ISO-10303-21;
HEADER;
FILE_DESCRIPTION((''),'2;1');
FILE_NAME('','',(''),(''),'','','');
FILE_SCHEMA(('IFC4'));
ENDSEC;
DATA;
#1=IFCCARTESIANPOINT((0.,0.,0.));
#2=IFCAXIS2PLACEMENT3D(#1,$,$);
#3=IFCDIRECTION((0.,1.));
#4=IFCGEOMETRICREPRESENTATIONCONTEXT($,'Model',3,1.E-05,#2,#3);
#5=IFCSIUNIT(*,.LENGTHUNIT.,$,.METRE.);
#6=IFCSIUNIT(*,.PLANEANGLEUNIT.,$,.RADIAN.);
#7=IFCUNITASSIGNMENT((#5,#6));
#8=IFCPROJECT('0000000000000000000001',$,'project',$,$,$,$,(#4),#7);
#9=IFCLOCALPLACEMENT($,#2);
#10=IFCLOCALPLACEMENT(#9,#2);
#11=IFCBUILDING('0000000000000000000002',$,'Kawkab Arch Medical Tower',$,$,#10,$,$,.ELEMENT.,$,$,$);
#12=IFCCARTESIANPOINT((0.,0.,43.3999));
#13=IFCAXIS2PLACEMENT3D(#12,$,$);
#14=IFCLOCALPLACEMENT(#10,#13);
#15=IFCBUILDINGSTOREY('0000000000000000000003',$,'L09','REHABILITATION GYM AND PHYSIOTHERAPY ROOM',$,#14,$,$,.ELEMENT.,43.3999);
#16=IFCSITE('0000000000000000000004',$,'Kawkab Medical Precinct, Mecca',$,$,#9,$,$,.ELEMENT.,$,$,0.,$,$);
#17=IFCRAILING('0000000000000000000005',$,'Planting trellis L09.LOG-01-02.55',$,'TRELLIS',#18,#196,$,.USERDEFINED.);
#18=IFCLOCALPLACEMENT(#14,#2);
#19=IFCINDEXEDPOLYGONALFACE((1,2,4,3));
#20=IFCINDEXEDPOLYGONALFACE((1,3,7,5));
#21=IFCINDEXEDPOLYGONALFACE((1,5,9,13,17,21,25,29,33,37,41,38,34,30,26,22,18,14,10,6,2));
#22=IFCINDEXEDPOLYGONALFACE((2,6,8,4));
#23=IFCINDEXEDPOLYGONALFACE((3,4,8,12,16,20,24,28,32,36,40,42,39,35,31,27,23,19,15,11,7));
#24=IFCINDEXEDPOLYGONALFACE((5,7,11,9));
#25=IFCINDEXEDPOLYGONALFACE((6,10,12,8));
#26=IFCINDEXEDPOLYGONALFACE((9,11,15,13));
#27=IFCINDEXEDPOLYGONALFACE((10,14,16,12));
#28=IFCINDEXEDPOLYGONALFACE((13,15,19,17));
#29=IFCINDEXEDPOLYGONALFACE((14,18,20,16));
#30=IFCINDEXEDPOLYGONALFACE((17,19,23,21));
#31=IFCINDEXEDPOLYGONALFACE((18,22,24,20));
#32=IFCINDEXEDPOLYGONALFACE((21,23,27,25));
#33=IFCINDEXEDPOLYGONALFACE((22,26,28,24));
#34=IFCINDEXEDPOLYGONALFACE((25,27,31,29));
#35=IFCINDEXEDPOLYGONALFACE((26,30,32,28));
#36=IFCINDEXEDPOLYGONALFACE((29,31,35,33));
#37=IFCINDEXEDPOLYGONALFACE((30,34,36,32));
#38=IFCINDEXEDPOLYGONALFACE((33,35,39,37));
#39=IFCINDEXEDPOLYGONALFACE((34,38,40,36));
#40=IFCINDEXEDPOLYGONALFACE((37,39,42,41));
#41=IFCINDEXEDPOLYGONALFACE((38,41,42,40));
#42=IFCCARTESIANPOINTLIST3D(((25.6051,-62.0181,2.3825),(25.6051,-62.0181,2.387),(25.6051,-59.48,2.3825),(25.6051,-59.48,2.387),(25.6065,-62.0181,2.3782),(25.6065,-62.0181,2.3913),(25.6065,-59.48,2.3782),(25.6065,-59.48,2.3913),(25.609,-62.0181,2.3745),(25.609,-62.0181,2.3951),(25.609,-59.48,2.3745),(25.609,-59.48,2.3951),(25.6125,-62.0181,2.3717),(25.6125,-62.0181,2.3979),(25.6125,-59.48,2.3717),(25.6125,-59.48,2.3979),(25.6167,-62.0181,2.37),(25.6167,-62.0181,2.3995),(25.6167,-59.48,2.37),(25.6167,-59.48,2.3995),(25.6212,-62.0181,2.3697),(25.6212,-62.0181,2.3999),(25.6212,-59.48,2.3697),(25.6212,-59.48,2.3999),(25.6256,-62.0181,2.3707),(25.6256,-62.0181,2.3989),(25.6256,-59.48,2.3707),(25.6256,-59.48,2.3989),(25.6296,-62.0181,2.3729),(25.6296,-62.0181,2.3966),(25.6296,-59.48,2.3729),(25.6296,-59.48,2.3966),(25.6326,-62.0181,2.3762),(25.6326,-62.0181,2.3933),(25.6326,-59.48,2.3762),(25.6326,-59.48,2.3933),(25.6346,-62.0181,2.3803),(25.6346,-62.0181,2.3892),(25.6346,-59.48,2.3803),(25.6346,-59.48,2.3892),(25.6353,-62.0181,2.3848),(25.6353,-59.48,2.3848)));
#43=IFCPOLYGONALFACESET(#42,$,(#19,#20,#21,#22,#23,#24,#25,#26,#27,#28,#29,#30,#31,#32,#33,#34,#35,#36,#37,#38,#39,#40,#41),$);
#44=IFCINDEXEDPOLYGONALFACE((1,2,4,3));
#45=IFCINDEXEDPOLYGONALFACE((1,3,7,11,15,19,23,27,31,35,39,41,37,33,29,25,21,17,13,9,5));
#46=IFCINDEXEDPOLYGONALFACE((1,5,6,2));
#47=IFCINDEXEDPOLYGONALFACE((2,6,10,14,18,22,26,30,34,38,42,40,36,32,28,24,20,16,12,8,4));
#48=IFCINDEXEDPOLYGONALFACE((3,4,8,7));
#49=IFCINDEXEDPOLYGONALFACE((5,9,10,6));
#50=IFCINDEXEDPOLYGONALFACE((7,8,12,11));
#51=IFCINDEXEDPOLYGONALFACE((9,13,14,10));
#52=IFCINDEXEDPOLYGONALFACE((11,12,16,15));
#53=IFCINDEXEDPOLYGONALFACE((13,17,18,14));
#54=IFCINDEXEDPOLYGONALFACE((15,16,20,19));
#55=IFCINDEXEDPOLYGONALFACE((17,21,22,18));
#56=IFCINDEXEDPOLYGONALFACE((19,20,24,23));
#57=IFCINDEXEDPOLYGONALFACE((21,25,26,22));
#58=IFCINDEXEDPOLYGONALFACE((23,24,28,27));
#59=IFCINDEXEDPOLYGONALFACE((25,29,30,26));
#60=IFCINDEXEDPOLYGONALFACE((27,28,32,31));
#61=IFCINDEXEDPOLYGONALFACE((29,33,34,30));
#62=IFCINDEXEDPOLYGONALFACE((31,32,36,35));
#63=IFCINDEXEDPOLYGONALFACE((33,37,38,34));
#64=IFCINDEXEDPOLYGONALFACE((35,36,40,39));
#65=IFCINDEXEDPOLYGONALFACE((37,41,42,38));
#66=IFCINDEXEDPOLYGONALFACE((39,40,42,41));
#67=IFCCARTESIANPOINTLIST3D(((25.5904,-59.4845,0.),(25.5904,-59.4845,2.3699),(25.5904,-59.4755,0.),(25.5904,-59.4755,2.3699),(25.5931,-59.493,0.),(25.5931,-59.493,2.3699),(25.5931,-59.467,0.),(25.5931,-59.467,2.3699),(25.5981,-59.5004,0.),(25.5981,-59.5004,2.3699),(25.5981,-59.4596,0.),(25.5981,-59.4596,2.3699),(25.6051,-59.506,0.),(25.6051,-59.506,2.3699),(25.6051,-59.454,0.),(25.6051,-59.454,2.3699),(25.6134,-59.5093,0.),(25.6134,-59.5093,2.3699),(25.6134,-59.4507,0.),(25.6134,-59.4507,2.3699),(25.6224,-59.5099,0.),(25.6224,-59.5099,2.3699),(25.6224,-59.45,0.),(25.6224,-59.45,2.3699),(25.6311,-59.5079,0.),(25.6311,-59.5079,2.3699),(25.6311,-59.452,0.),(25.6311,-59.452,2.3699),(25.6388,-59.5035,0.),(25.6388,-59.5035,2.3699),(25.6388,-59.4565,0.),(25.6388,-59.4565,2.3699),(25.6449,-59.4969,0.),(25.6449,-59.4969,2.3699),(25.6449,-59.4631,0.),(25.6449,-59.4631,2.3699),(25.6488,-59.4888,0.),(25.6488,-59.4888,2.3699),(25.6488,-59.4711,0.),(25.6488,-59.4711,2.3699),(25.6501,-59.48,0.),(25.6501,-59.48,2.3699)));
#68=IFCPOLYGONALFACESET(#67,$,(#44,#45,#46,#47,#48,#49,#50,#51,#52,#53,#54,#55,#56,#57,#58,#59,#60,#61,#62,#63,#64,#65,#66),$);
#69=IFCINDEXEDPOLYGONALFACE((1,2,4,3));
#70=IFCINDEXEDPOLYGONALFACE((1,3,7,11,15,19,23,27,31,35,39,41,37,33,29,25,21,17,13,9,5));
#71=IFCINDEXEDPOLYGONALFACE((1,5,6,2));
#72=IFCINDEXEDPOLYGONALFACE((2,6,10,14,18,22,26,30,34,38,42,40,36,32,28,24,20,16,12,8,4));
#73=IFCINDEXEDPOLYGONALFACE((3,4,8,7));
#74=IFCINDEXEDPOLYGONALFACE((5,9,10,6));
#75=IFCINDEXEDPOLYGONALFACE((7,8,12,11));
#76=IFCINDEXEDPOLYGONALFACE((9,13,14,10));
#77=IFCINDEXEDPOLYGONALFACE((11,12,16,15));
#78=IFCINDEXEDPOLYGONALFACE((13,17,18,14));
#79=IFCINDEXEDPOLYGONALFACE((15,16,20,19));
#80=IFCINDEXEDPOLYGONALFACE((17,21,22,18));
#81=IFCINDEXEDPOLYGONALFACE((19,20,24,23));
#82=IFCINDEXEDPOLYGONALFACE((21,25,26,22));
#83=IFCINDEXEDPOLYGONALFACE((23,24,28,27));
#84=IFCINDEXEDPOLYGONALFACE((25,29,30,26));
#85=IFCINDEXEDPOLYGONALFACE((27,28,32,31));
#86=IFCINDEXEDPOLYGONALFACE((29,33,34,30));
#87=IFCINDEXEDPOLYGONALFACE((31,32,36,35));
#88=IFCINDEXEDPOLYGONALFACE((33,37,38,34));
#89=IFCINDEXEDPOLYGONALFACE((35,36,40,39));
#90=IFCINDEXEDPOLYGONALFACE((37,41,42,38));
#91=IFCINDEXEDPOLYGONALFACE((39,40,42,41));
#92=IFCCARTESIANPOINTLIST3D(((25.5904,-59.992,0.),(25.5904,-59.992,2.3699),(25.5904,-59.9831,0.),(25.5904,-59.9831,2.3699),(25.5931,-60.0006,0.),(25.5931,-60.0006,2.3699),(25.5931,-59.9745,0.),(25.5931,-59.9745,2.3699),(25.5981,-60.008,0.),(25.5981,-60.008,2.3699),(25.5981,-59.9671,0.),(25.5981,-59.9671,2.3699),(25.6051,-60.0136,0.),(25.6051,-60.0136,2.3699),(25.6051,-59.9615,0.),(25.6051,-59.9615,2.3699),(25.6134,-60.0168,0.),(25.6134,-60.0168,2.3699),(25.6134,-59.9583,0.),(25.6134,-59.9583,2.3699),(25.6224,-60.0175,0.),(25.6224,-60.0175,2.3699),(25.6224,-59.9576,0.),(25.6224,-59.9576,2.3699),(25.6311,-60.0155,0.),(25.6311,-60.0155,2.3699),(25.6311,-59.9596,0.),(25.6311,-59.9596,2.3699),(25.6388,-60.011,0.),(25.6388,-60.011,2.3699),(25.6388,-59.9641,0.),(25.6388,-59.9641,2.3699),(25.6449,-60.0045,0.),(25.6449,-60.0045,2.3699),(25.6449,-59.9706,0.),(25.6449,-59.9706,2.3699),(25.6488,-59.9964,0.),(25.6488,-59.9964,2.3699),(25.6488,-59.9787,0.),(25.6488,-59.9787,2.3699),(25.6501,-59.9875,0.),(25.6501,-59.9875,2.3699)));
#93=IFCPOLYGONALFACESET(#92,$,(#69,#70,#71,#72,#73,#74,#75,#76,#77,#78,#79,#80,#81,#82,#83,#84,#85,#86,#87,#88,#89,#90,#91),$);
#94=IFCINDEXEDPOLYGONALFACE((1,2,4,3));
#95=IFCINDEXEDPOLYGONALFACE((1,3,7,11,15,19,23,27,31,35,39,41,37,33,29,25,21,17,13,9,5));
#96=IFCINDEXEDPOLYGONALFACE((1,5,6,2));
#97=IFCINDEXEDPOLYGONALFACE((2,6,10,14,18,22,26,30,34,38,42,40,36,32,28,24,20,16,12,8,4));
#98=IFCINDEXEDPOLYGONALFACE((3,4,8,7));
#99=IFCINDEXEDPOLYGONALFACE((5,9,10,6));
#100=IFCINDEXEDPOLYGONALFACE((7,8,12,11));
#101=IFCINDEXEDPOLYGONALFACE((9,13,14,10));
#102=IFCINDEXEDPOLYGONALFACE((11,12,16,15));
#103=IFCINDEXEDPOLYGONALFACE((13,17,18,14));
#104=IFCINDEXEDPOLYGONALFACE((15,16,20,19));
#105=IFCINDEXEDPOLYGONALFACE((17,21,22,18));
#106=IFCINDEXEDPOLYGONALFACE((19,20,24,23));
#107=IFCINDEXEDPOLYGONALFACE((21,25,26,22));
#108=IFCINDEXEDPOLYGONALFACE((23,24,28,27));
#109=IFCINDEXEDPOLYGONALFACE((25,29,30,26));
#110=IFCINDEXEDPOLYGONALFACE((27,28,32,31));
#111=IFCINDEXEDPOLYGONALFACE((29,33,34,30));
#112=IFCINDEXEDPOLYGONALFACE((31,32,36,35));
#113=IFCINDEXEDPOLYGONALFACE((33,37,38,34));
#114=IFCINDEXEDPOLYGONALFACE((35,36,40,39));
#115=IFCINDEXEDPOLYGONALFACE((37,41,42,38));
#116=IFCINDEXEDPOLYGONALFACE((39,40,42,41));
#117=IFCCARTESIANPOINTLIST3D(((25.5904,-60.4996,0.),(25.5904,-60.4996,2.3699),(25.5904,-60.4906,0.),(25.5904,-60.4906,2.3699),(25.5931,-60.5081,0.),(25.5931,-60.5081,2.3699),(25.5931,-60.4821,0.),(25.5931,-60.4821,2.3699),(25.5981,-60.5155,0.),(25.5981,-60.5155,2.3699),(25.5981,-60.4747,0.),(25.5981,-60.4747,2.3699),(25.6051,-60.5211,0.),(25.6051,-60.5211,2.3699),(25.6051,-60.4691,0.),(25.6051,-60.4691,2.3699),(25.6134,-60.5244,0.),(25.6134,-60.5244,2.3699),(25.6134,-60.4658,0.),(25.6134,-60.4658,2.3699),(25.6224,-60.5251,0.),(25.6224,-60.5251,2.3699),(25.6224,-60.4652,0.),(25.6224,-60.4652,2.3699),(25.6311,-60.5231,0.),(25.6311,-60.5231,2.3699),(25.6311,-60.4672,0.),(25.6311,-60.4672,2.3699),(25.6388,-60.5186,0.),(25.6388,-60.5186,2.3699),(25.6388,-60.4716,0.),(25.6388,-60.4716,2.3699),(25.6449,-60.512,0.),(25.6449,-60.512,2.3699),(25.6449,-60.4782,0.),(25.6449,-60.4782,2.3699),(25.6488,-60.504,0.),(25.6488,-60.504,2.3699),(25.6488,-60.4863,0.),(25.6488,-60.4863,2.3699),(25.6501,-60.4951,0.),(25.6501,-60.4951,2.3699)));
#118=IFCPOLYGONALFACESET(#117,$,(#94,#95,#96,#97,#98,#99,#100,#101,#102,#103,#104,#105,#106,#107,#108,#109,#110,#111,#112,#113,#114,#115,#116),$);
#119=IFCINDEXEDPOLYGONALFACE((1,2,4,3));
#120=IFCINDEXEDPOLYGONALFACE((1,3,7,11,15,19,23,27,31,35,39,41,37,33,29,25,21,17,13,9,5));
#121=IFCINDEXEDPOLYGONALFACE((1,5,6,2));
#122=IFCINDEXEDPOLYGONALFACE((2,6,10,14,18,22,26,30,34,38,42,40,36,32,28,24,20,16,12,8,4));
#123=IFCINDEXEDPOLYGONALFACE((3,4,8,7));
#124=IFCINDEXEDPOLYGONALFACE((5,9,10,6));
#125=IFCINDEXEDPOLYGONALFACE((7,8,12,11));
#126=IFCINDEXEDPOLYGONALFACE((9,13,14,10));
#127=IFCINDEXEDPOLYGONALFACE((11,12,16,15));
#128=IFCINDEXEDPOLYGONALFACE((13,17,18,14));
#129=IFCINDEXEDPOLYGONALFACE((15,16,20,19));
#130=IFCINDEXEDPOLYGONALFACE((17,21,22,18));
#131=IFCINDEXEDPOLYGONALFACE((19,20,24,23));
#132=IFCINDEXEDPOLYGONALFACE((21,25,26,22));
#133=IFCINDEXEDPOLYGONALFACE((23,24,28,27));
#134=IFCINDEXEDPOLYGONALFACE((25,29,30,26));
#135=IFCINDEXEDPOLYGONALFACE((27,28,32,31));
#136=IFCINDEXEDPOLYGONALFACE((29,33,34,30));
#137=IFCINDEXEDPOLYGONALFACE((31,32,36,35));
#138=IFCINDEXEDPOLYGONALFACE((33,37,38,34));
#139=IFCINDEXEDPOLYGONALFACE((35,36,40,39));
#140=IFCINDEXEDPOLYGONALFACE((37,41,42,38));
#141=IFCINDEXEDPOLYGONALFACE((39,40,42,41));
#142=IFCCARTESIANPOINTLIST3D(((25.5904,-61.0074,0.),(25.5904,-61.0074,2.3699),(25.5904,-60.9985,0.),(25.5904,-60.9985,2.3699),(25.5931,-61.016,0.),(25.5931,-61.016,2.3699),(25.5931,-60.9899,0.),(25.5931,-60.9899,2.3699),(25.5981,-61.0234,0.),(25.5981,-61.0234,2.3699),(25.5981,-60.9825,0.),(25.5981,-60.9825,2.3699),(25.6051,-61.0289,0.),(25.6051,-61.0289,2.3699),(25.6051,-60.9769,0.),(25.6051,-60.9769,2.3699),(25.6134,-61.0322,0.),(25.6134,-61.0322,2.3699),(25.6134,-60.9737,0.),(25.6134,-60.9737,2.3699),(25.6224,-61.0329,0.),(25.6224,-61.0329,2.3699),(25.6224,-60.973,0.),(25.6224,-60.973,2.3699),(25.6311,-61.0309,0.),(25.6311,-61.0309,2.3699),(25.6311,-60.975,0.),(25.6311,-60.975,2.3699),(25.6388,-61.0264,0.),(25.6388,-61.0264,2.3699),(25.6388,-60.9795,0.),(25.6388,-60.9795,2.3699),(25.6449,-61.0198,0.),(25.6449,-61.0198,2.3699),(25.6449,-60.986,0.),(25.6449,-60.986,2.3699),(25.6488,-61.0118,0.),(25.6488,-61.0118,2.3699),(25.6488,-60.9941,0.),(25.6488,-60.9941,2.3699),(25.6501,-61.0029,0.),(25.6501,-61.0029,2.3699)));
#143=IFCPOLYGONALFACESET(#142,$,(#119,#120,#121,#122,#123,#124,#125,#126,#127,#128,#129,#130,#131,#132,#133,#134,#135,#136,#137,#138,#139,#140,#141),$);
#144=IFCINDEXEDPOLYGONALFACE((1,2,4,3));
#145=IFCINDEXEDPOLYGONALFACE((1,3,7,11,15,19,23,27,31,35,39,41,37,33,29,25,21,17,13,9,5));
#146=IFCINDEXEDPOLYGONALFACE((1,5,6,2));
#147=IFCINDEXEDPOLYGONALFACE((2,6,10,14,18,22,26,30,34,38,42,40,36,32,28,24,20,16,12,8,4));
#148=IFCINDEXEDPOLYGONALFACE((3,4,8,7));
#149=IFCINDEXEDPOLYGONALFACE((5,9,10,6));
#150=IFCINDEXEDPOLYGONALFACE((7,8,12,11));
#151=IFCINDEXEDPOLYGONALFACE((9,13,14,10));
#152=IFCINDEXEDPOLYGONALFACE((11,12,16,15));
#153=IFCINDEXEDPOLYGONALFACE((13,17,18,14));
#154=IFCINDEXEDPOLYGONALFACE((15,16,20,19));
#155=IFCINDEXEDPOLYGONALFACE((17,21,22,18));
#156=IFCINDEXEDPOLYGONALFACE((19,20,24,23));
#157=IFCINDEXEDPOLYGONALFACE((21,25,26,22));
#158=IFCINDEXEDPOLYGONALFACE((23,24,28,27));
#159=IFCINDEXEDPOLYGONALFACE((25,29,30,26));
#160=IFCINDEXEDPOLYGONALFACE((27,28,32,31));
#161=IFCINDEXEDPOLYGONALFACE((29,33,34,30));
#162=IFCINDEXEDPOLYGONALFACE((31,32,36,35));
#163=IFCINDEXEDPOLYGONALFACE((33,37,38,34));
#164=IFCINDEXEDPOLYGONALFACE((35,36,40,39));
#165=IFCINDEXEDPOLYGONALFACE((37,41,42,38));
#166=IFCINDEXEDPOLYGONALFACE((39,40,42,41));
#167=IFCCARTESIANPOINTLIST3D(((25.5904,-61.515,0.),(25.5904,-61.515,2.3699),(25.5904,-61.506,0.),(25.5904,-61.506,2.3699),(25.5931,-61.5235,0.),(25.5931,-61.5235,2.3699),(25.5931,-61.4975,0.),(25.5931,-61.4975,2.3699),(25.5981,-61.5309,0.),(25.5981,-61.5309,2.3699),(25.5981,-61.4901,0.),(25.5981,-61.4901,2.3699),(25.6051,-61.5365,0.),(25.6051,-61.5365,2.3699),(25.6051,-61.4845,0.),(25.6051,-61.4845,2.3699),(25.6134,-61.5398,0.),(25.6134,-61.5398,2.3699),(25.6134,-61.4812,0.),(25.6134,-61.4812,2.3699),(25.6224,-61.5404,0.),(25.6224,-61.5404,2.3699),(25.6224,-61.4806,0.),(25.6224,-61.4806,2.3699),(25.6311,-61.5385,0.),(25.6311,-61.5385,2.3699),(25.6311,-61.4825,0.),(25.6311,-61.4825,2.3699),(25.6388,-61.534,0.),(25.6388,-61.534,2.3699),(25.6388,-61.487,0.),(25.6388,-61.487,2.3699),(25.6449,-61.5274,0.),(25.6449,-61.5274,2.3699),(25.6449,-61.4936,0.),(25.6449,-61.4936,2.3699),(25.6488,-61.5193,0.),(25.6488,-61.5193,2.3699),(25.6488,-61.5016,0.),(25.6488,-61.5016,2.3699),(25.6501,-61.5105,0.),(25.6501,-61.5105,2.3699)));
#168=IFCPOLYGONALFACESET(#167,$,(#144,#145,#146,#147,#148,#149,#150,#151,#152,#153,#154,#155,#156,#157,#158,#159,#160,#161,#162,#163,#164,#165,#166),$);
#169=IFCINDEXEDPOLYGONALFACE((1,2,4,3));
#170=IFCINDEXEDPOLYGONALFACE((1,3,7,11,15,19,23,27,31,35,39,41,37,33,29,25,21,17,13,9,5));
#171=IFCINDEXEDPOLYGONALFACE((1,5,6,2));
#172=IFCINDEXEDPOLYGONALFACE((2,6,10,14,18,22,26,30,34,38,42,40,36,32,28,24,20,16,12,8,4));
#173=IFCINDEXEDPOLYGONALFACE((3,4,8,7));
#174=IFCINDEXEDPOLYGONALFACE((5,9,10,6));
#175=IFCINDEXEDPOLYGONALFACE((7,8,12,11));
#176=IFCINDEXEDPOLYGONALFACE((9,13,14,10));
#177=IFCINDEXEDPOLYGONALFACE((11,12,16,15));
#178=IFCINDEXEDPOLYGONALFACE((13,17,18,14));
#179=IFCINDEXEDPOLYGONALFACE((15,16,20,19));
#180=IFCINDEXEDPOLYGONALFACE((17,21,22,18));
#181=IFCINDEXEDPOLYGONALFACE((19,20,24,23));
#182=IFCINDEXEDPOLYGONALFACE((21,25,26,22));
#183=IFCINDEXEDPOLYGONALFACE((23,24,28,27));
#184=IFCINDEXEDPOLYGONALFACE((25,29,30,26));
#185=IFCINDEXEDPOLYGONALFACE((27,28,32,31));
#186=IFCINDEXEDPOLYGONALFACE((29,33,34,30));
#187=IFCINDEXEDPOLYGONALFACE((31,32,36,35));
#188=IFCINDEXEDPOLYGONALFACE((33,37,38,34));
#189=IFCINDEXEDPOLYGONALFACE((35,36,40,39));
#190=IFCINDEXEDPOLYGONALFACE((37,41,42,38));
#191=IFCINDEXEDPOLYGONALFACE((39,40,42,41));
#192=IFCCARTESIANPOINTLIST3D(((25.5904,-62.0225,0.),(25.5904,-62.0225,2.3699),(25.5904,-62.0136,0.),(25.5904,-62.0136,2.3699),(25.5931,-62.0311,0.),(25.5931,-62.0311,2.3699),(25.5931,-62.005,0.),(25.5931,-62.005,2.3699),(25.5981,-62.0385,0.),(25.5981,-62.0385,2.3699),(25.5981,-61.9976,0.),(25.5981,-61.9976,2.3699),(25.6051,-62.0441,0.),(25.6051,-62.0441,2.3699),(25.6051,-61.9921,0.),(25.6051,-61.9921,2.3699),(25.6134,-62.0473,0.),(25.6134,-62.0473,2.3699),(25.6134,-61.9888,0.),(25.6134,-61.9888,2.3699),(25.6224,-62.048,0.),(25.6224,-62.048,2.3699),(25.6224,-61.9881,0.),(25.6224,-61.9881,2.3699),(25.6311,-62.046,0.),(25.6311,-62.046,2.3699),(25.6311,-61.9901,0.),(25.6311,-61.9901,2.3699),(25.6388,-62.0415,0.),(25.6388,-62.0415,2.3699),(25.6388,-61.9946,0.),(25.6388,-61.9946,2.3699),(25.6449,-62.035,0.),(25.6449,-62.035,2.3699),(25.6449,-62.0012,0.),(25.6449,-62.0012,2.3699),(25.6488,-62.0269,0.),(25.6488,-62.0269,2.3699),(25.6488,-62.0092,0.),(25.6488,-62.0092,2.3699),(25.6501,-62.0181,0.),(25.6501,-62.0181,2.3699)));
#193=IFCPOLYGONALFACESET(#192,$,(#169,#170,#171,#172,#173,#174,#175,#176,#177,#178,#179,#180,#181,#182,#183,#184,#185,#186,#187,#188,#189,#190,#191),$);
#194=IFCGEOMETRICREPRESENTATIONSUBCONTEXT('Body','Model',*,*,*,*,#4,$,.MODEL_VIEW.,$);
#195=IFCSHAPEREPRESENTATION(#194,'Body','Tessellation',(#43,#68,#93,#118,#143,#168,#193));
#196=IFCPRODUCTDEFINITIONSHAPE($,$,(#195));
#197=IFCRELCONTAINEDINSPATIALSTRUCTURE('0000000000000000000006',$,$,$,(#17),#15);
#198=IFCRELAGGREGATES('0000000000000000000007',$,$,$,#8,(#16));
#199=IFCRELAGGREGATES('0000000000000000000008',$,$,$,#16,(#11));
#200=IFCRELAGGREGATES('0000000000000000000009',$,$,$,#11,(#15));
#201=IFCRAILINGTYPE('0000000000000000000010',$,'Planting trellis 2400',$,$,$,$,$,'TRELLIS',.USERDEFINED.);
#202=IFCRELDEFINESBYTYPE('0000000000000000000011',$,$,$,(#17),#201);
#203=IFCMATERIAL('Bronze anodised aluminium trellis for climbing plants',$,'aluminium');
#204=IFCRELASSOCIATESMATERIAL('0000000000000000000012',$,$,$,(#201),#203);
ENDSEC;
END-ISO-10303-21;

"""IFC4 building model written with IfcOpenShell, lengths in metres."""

from ifc_helpers import new_model, si_unit, direction, frame, origin, origin_2d, place, context, subcontext, project, spatial, circle, extrude, material, type_object, element, save


model = new_model("IFC4")

# Units and contexts
model_context = context("Model", 3, precision=1e-05, world=origin(), true_north=direction((0.0, 1.0)))
body_context = subcontext(model_context, "Body", "Model", "MODEL_VIEW")
ifc_project = project(units=[si_unit("LENGTHUNIT", "METRE"), si_unit("PLANEANGLEUNIT", "RADIAN")], contexts=[model_context])

# Site, building, storey
site_placement = place(None, origin())
site = spatial("IfcSite", under=ifc_project, at=site_placement, Name="Kawkab Medical Precinct, Mecca", CompositionType="ELEMENT", RefElevation=0.0)
building_placement = place(site_placement, origin())
building = spatial("IfcBuilding", under=site, at=building_placement, Name="Kawkab Arch Medical Tower", CompositionType="ELEMENT")
storey_placement = place(building_placement, frame((0.0, 0.0, 43.3999)))
storey = spatial("IfcBuildingStorey", under=building, at=storey_placement, Name="L09", Description="REHABILITATION GYM AND PHYSIOTHERAPY ROOM", CompositionType="ELEMENT", Elevation=43.3999)

# Railing
ifc_material_1 = material(Name="Bronze anodised aluminium trellis for climbing plants", Category="aluminium")
railing_type = type_object("IfcRailingType", Name="Planting trellis 2400", ElementType="TRELLIS", PredefinedType="USERDEFINED", material=ifc_material_1)
railing_1_placement = place(storey_placement, frame((25.6201, -59.48, 0.0)))
element("IfcRailing", 1, at=railing_1_placement, inside=storey, type_object=railing_type, Name="Planting trellis L09.LOG-01-02.55", ObjectType="TRELLIS", PredefinedType="USERDEFINED", context=body_context, shape_type="SweptSolid", body=[
    extrude(circle(Radius=0.0151, at=origin_2d()), frame((0.0, 0.0, 2.3848), z_axis=(0.0, -1.0, 0.0), x_axis=(1.0, 0.0, 0.0)), (0.0, 0.0, 1.0), 2.5381),
    extrude(circle(Radius=0.03, at=origin_2d()), origin(), (0.0, 0.0, 1.0), 2.3699),
    extrude(circle(Radius=0.03, at=origin_2d()), frame((0.0, -0.5076, 0.0)), (0.0, 0.0, 1.0), 2.3699),
    extrude(circle(Radius=0.03, at=origin_2d()), frame((0.0, -1.0151, 0.0)), (0.0, 0.0, 1.0), 2.3699),
    extrude(circle(Radius=0.03, at=origin_2d()), frame((0.0, -1.5229, 0.0)), (0.0, 0.0, 1.0), 2.3699),
    extrude(circle(Radius=0.03, at=origin_2d()), frame((0.0, -2.0305, 0.0)), (0.0, 0.0, 1.0), 2.3699),
    extrude(circle(Radius=0.03, at=origin_2d()), frame((0.0, -2.5381, 0.0)), (0.0, 0.0, 1.0), 2.3699),
])

save(model, "model.ifc")
